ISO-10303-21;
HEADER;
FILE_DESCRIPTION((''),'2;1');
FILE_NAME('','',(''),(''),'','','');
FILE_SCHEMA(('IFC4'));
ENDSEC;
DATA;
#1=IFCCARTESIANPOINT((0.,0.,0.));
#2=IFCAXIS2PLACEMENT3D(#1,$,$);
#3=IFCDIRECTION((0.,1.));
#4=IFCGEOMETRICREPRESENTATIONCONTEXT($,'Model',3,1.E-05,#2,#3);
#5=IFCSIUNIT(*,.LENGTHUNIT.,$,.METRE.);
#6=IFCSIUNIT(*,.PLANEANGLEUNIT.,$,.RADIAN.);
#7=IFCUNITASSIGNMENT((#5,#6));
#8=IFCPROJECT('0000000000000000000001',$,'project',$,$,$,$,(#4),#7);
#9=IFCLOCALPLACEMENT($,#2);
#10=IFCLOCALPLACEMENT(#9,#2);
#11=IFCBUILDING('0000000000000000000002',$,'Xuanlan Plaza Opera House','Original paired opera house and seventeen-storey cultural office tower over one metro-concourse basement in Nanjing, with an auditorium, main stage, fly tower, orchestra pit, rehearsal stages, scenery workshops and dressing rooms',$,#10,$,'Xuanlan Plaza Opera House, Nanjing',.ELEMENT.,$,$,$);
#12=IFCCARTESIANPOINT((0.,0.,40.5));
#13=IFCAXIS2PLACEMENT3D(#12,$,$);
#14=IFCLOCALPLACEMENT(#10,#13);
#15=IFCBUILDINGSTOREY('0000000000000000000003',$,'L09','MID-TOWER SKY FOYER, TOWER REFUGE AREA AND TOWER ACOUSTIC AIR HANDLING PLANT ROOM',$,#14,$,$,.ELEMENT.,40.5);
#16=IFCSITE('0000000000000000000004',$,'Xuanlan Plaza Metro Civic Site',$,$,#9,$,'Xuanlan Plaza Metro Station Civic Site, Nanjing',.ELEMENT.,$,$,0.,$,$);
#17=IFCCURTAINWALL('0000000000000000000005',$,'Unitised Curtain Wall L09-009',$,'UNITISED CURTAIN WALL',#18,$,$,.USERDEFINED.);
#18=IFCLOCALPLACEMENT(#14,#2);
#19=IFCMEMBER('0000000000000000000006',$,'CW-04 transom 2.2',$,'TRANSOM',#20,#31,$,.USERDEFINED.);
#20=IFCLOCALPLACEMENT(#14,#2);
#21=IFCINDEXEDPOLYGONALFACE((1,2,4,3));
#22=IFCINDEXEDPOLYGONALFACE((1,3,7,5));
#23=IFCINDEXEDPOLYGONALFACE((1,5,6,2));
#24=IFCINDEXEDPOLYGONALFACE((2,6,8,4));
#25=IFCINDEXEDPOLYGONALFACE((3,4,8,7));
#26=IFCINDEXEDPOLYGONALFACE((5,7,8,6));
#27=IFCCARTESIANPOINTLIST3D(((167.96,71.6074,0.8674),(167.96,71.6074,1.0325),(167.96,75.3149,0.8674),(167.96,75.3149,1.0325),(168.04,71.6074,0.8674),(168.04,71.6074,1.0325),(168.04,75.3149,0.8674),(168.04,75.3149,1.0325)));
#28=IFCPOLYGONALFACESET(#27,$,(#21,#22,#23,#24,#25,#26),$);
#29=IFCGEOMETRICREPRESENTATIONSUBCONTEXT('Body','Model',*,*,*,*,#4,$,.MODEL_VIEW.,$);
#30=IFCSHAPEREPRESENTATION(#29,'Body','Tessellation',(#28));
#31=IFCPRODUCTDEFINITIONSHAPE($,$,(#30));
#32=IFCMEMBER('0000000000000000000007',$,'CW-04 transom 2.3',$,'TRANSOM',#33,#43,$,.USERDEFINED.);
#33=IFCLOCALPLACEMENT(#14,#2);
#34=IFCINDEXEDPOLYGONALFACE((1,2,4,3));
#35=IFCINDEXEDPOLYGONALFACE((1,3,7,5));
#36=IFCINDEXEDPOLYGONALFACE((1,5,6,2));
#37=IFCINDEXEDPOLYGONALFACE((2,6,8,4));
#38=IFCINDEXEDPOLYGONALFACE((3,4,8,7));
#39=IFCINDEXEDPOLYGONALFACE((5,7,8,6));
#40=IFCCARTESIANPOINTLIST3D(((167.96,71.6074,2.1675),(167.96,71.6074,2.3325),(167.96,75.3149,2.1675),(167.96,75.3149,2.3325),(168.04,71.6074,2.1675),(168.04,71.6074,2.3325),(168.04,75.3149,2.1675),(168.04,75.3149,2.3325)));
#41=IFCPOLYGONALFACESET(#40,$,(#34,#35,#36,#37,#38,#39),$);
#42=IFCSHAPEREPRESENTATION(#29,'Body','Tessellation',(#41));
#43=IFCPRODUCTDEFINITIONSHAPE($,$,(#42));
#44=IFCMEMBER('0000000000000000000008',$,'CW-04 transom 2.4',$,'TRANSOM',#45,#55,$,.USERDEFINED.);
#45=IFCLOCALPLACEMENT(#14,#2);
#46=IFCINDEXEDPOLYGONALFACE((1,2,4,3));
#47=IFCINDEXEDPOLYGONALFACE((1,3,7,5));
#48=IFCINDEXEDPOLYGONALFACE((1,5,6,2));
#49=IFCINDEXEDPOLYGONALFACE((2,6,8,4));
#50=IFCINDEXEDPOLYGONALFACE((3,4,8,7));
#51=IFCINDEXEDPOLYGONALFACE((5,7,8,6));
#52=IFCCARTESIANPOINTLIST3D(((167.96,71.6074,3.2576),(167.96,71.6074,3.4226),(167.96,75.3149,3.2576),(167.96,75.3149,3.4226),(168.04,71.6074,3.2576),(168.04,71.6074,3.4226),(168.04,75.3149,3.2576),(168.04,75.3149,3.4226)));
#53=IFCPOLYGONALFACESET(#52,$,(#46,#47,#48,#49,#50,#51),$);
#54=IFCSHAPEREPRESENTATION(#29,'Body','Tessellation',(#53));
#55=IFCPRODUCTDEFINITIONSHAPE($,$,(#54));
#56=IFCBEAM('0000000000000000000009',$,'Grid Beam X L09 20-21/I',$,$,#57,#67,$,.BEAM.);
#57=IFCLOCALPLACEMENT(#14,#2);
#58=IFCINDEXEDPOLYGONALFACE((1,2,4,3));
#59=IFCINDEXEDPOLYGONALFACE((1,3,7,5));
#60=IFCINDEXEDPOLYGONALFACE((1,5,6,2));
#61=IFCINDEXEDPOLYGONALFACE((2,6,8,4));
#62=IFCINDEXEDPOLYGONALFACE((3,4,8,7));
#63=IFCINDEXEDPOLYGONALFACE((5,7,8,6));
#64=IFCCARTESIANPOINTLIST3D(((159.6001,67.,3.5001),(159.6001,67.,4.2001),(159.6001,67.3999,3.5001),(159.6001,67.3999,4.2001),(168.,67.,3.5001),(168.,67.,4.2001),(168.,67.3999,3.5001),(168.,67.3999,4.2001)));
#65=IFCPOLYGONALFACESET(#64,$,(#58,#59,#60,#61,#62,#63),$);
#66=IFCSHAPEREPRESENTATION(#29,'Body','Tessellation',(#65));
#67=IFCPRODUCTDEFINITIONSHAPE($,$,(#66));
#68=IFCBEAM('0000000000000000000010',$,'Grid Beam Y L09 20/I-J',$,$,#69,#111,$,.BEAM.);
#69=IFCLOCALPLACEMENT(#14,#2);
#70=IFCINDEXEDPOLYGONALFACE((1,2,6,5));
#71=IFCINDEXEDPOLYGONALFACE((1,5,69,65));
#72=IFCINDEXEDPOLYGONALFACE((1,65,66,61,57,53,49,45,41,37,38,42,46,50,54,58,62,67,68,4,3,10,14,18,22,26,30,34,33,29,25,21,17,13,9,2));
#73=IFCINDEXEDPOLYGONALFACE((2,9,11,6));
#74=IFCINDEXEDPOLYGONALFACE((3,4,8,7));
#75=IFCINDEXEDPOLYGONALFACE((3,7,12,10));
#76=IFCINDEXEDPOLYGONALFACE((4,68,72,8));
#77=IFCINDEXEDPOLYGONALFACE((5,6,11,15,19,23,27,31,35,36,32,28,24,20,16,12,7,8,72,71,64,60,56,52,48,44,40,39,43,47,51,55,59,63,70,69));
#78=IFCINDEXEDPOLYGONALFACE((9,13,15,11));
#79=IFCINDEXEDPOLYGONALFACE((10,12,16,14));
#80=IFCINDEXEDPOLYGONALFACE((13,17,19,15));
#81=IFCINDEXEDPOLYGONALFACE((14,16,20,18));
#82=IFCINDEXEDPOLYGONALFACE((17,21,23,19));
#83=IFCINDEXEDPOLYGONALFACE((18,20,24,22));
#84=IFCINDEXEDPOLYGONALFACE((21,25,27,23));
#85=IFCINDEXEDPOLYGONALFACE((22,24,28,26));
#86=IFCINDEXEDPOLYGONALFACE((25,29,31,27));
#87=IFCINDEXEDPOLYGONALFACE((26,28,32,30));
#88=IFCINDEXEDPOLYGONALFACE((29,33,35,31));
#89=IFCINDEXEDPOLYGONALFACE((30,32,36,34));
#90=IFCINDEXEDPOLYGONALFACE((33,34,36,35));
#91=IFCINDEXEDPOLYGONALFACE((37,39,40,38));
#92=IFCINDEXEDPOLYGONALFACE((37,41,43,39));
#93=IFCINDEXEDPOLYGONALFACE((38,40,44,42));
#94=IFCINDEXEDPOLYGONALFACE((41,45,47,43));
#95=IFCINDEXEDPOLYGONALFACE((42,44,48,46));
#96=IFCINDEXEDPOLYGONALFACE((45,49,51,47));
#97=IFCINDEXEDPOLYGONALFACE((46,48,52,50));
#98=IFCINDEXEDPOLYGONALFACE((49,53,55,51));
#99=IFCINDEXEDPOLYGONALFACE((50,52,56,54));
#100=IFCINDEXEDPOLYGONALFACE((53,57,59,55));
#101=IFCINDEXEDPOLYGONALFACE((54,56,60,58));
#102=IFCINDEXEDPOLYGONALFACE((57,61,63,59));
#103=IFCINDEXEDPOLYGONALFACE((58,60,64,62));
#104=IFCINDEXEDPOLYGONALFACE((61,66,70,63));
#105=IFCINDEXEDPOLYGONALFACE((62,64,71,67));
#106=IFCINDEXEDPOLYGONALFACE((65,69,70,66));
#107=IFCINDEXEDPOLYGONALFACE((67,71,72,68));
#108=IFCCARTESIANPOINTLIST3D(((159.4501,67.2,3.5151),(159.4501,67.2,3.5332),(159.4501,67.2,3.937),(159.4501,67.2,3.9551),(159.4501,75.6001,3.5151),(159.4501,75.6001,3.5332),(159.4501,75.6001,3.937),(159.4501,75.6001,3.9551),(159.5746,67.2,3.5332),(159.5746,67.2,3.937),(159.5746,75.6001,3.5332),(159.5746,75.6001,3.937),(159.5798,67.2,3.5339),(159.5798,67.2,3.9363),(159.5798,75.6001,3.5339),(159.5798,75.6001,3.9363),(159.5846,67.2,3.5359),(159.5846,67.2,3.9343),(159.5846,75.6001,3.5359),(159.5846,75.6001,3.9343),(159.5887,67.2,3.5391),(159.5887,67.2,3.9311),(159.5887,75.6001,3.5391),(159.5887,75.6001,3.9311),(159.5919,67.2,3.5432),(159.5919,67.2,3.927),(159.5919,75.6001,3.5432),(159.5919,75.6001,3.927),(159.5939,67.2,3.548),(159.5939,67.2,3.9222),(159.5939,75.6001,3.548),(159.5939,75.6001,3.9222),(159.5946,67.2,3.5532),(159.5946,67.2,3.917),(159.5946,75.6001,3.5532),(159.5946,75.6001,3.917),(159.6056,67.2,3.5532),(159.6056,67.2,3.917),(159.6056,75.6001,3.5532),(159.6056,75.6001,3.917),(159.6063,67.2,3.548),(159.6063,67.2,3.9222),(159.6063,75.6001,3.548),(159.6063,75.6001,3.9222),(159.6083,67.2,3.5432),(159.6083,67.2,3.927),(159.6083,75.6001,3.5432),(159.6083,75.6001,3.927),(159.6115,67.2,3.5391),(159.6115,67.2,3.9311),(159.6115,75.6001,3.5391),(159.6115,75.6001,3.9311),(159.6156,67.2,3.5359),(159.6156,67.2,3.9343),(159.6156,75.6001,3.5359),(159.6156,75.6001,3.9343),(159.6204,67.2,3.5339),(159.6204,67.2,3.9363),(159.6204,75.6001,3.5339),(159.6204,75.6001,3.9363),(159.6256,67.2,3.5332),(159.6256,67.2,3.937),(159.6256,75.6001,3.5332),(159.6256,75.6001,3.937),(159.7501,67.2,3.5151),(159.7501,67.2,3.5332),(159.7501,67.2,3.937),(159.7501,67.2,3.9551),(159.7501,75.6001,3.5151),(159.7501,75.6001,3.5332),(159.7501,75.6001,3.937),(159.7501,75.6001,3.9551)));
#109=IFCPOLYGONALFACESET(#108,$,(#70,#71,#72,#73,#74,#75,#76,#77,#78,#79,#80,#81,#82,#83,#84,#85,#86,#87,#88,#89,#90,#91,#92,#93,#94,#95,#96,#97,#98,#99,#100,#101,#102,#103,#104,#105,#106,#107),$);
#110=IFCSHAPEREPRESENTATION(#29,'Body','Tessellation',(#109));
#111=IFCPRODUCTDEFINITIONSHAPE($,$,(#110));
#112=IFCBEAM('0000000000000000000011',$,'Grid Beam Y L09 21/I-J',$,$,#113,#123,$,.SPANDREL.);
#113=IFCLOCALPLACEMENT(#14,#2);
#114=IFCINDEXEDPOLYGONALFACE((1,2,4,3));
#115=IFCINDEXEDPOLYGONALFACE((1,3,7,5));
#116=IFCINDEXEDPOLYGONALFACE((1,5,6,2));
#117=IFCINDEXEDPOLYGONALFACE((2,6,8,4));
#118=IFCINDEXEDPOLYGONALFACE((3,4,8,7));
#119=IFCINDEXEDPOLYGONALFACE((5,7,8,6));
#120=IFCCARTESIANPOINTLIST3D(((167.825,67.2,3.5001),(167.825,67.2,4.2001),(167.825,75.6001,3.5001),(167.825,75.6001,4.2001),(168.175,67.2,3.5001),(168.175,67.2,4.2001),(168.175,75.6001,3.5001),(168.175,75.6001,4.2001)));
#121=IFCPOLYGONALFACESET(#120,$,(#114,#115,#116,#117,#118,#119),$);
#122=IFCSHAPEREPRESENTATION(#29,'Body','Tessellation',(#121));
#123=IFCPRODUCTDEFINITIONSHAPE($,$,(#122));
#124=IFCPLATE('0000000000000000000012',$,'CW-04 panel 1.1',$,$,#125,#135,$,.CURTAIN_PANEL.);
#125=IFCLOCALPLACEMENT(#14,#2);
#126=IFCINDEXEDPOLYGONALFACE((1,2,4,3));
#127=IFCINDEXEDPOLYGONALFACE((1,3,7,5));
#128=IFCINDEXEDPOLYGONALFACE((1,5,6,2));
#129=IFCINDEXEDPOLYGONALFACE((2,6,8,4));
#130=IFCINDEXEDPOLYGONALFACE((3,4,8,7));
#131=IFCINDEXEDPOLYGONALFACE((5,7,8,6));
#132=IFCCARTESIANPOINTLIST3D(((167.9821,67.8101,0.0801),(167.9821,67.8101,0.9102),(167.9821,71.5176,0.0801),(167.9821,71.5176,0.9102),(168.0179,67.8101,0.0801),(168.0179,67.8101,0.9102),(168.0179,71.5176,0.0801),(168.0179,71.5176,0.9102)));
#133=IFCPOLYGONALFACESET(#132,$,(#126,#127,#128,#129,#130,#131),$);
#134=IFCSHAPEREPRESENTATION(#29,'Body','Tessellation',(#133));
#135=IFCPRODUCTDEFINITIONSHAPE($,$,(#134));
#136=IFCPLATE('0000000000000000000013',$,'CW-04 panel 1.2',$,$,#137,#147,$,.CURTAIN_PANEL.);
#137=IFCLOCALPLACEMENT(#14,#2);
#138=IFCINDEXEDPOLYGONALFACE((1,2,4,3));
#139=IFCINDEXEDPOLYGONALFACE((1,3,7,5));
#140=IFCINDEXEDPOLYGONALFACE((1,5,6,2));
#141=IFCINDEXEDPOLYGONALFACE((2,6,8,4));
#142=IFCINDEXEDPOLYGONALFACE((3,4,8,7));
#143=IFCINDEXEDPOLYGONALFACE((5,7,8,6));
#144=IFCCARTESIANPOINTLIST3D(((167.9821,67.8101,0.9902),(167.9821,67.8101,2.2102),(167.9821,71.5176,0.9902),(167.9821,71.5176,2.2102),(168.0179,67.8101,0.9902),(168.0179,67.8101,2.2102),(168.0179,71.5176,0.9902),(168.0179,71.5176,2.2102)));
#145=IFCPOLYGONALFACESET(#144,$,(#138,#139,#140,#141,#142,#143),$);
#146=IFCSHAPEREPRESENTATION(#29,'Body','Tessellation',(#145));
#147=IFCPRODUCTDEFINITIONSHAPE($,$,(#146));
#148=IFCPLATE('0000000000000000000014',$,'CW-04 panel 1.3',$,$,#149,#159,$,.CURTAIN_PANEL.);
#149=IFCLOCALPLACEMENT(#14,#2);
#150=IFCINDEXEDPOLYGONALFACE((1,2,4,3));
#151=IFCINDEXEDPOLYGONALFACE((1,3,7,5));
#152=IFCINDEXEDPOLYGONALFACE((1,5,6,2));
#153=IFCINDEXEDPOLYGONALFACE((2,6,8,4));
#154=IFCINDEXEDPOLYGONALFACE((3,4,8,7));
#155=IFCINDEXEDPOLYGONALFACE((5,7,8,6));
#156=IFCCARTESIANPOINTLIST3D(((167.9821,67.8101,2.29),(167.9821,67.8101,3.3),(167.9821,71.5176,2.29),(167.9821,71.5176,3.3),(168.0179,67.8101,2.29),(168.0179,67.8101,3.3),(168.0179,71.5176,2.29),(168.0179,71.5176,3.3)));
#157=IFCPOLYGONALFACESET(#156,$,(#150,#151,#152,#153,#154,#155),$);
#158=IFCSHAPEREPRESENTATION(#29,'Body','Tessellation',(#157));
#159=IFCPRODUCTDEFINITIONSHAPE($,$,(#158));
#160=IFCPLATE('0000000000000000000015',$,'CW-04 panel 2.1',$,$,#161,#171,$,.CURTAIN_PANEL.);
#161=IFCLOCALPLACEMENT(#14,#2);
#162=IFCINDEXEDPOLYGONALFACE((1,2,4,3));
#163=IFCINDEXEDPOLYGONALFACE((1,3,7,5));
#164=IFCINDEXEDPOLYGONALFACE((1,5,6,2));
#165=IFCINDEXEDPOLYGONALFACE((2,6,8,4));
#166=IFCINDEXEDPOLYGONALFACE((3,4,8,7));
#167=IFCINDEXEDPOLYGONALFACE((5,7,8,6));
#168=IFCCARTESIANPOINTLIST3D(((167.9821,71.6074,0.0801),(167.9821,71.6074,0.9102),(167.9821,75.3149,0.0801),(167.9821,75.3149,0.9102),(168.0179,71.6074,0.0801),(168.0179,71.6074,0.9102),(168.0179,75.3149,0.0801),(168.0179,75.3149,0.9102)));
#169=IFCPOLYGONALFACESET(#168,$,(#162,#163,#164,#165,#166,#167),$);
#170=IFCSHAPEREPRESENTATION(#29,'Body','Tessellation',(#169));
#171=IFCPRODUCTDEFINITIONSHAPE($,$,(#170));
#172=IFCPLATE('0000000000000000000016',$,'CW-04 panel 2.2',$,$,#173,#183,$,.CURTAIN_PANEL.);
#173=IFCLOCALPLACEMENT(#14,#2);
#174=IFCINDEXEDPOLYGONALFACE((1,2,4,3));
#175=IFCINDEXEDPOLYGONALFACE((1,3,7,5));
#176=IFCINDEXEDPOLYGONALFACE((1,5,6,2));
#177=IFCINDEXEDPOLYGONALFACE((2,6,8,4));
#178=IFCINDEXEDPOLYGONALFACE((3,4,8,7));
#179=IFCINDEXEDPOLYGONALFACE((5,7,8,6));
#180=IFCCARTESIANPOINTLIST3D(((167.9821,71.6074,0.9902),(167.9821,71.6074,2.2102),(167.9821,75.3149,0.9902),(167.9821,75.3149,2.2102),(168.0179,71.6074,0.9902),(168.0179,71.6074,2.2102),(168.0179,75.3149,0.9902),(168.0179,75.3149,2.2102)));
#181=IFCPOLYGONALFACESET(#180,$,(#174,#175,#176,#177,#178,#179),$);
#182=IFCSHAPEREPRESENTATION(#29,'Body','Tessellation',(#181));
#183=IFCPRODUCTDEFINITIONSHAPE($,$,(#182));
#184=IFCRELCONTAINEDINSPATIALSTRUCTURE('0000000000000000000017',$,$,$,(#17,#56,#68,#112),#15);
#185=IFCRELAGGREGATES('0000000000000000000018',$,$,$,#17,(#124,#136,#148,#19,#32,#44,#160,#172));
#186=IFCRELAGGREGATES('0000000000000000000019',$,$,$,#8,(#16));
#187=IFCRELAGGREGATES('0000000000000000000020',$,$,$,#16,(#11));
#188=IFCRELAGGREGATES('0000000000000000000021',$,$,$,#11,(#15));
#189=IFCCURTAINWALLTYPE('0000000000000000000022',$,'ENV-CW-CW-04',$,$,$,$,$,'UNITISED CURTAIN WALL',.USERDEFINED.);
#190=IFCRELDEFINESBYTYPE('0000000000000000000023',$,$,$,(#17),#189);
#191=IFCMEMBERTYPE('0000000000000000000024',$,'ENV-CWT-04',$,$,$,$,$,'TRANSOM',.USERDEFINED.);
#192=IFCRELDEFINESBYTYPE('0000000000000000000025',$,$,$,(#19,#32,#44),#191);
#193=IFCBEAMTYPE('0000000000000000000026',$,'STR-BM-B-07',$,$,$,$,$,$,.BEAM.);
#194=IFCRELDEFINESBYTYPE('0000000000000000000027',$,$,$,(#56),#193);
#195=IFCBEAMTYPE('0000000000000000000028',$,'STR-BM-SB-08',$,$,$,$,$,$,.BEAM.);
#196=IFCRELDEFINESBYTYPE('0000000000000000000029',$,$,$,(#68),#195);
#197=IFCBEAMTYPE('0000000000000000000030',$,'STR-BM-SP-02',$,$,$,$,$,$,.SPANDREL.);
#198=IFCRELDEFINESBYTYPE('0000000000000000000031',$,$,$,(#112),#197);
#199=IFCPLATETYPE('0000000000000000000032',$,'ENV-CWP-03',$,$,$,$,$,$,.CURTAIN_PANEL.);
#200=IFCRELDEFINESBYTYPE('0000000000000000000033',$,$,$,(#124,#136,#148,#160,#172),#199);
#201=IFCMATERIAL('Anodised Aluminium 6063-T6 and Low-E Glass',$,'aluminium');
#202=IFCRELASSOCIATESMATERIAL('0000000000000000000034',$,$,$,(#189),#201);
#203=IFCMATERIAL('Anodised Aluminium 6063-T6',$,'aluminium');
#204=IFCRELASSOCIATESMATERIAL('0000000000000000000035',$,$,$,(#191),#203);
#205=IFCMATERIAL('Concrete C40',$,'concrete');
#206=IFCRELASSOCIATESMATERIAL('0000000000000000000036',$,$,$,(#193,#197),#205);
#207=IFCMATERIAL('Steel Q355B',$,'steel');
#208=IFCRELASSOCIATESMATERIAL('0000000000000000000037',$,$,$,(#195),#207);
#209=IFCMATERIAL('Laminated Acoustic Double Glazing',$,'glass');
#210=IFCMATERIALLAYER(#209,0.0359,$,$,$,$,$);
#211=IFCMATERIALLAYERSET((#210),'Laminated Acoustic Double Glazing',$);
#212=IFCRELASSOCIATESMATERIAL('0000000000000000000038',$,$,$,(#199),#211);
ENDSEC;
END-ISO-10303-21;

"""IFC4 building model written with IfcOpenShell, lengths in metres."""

from ifc_helpers import new_model, si_unit, direction, frame, origin, origin_2d, place, context, subcontext, project, spatial, rectangle, i_section, extrude, material, layer, layer_set, material_profile, profile_set, type_object, element, aggregate, save


model = new_model("IFC4")

# Units and contexts
model_context = context("Model", 3, precision=1e-05, world=origin(), true_north=direction((0.0, 1.0)))
body_context = subcontext(model_context, "Body", "Model", "MODEL_VIEW")
ifc_project = project(units=[si_unit("LENGTHUNIT", "METRE"), si_unit("PLANEANGLEUNIT", "RADIAN")], contexts=[model_context])

# Site, building, storey
site_placement = place(None, origin())
site = spatial("IfcSite", under=ifc_project, at=site_placement, Name="Xuanlan Plaza Metro Civic Site", LongName="Xuanlan Plaza Metro Station Civic Site, Nanjing", CompositionType="ELEMENT", RefElevation=0.0)
building_placement = place(site_placement, origin())
building = spatial("IfcBuilding", under=site, at=building_placement, Name="Xuanlan Plaza Opera House", Description="Original paired opera house and seventeen-storey cultural office tower over one metro-concourse basement in Nanjing, with an auditorium, main stage, fly tower, orchestra pit, rehearsal stages, scenery workshops and dressing rooms", LongName="Xuanlan Plaza Opera House, Nanjing", CompositionType="ELEMENT")
storey_placement = place(building_placement, frame((0.0, 0.0, 40.5)))
storey = spatial("IfcBuildingStorey", under=building, at=storey_placement, Name="L09", Description="MID-TOWER SKY FOYER, TOWER REFUGE AREA AND TOWER ACOUSTIC AIR HANDLING PLANT ROOM", CompositionType="ELEMENT", Elevation=40.5)

# Shared definitions
ifc_material_1 = material(Name="Steel Q355B", Category="steel")

# Shared definitions
ifc_material_2 = material(Name="Anodised Aluminium 6063-T6 and Low-E Glass", Category="aluminium")
ifc_material_3 = material(Name="Anodised Aluminium 6063-T6", Category="aluminium")

# Curtain wall
curtain_wall_type_1 = type_object("IfcCurtainWallType", Name="ENV-CW-CW-04", ElementType="UNITISED CURTAIN WALL", PredefinedType="USERDEFINED", material=ifc_material_2)
curtain_wall_1_placement = place(storey_placement, origin())
curtain_wall_1 = element("IfcCurtainWall", 1, at=curtain_wall_1_placement, inside=storey, type_object=curtain_wall_type_1, Name="Unitised Curtain Wall L09-009", ObjectType="UNITISED CURTAIN WALL", PredefinedType="USERDEFINED")

# Members
ifc_material_profile_1 = material_profile(ifc_material_3, rectangle(XDim=0.0801, YDim=0.165, at=origin_2d()), Name="ALU-T 80x165")
ifc_profile_set_1 = profile_set([ifc_material_profile_1], Name="Anodised Aluminium 6063-T6")
member_type_1 = type_object("IfcMemberType", Name="ENV-CWT-04", ElementType="TRANSOM", PredefinedType="USERDEFINED", material=ifc_profile_set_1)
member_1_placement = place(storey_placement, frame((168.0, 71.6074, 0.95), z_axis=(0.0, 1.0, 0.0), x_axis=(-1.0, 0.0, 0.0)))
member_1 = element("IfcMember", 2, at=member_1_placement, type_object=member_type_1, Name="CW-04 transom 2.2", ObjectType="TRANSOM", PredefinedType="USERDEFINED", context=body_context, shape_type="SweptSolid", body=[
    extrude(rectangle(XDim=0.0801, YDim=0.165, at=origin_2d()), origin(), (0.0, 0.0, 1.0), 3.7075),
])
member_2_placement = place(storey_placement, frame((168.0, 71.6074, 2.25), z_axis=(0.0, 1.0, 0.0), x_axis=(-1.0, 0.0, 0.0)))
member_2 = element("IfcMember", 3, at=member_2_placement, type_object=member_type_1, Name="CW-04 transom 2.3", ObjectType="TRANSOM", PredefinedType="USERDEFINED", context=body_context, shape_type="SweptSolid", body=[
    extrude(rectangle(XDim=0.0801, YDim=0.165, at=origin_2d()), origin(), (0.0, 0.0, 1.0), 3.7075),
])
member_3_placement = place(storey_placement, frame((168.0, 71.6074, 3.3401), z_axis=(0.0, 1.0, 0.0), x_axis=(-1.0, 0.0, 0.0)))
member_3 = element("IfcMember", 4, at=member_3_placement, type_object=member_type_1, Name="CW-04 transom 2.4", ObjectType="TRANSOM", PredefinedType="USERDEFINED", context=body_context, shape_type="SweptSolid", body=[
    extrude(rectangle(XDim=0.0801, YDim=0.165, at=origin_2d()), origin(), (0.0, 0.0, 1.0), 3.7075),
])

# Beams
ifc_material_4 = material(Name="Concrete C40", Category="concrete")
ifc_material_profile_2 = material_profile(ifc_material_4, rectangle(XDim=0.3999, YDim=0.7, at=origin_2d()), Name="RC-BM 400x700")
ifc_profile_set_2 = profile_set([ifc_material_profile_2], Name="Concrete C40")
beam_type_1 = type_object("IfcBeamType", Name="STR-BM-B-07", PredefinedType="BEAM", material=ifc_profile_set_2)
beam_1_placement = place(storey_placement, frame((159.6001, 67.2, 3.8501), z_axis=(1.0, 0.0, 0.0), x_axis=(0.0, 1.0, 0.0)))
element("IfcBeam", 5, at=beam_1_placement, inside=storey, type_object=beam_type_1, Name="Grid Beam X L09 20-21/I", PredefinedType="BEAM", context=body_context, shape_type="SweptSolid", body=[
    extrude(rectangle(XDim=0.3999, YDim=0.7, at=origin_2d()), origin(), (0.0, 0.0, 1.0), 8.3999),
])
ifc_material_profile_3 = material_profile(ifc_material_1, i_section(OverallWidth=0.3, OverallDepth=0.4399, WebThickness=0.011, FlangeThickness=0.0181, FilletRadius=0.02, at=origin_2d()), Name="HM 440x300x11x18")
ifc_profile_set_3 = profile_set([ifc_material_profile_3], Name="Steel Q355B")
beam_type_2 = type_object("IfcBeamType", Name="STR-BM-SB-08", PredefinedType="BEAM", material=ifc_profile_set_3)
beam_2_placement = place(storey_placement, frame((159.6001, 67.2, 3.7351), z_axis=(0.0, 1.0, 0.0), x_axis=(-1.0, 0.0, 0.0)))
element("IfcBeam", 6, at=beam_2_placement, inside=storey, type_object=beam_type_2, Name="Grid Beam Y L09 20/I-J", PredefinedType="BEAM", context=body_context, shape_type="SweptSolid", body=[
    extrude(i_section(OverallWidth=0.3, OverallDepth=0.4399, WebThickness=0.011, FlangeThickness=0.0181, FilletRadius=0.02, at=origin_2d()), origin(), (0.0, 0.0, 1.0), 8.4001),
])
ifc_material_profile_4 = material_profile(ifc_material_4, rectangle(XDim=0.3501, YDim=0.7, at=origin_2d()), Name="RC-SPD 350x700")
ifc_profile_set_4 = profile_set([ifc_material_profile_4], Name="Concrete C40")
beam_type_3 = type_object("IfcBeamType", Name="STR-BM-SP-02", PredefinedType="SPANDREL", material=ifc_profile_set_4)
beam_3_placement = place(storey_placement, frame((168.0, 67.2, 3.8501), z_axis=(0.0, 1.0, 0.0), x_axis=(-1.0, 0.0, 0.0)))
element("IfcBeam", 7, at=beam_3_placement, inside=storey, type_object=beam_type_3, Name="Grid Beam Y L09 21/I-J", PredefinedType="SPANDREL", context=body_context, shape_type="SweptSolid", body=[
    extrude(rectangle(XDim=0.3501, YDim=0.7, at=origin_2d()), origin(), (0.0, 0.0, 1.0), 8.4001),
])

# Plates
ifc_material_5 = material(Name="Laminated Acoustic Double Glazing", Category="glass")
ifc_layer_1 = layer(ifc_material_5, 0.0359)
ifc_layer_set_1 = layer_set([ifc_layer_1], Name="Laminated Acoustic Double Glazing")
plate_type_1 = type_object("IfcPlateType", Name="ENV-CWP-03", PredefinedType="CURTAIN_PANEL", material=ifc_layer_set_1)
plate_1_placement = place(storey_placement, frame((168.0, 69.6638, 0.0801), z_axis=(0.0, 0.0, 1.0), x_axis=(0.0, 1.0, 0.0)))
plate_1 = element("IfcPlate", 8, at=plate_1_placement, type_object=plate_type_1, Name="CW-04 panel 1.1", PredefinedType="CURTAIN_PANEL", context=body_context, shape_type="SweptSolid", body=[
    extrude(rectangle(XDim=3.7075, YDim=0.0359, at=origin_2d()), origin(), (0.0, 0.0, 1.0), 0.8301),
])
plate_2_placement = place(storey_placement, frame((168.0, 69.6638, 0.9902), z_axis=(0.0, 0.0, 1.0), x_axis=(0.0, 1.0, 0.0)))
plate_2 = element("IfcPlate", 9, at=plate_2_placement, type_object=plate_type_1, Name="CW-04 panel 1.2", PredefinedType="CURTAIN_PANEL", context=body_context, shape_type="SweptSolid", body=[
    extrude(rectangle(XDim=3.7075, YDim=0.0359, at=origin_2d()), origin(), (0.0, 0.0, 1.0), 1.22),
])
plate_3_placement = place(storey_placement, frame((168.0, 69.6638, 2.29), z_axis=(0.0, 0.0, 1.0), x_axis=(0.0, 1.0, 0.0)))
plate_3 = element("IfcPlate", 10, at=plate_3_placement, type_object=plate_type_1, Name="CW-04 panel 1.3", PredefinedType="CURTAIN_PANEL", context=body_context, shape_type="SweptSolid", body=[
    extrude(rectangle(XDim=3.7075, YDim=0.0359, at=origin_2d()), origin(), (0.0, 0.0, 1.0), 1.01),
])
plate_4_placement = place(storey_placement, frame((168.0, 73.4612, 0.0801), z_axis=(0.0, 0.0, 1.0), x_axis=(0.0, 1.0, 0.0)))
plate_4 = element("IfcPlate", 11, at=plate_4_placement, type_object=plate_type_1, Name="CW-04 panel 2.1", PredefinedType="CURTAIN_PANEL", context=body_context, shape_type="SweptSolid", body=[
    extrude(rectangle(XDim=3.7075, YDim=0.0359, at=origin_2d()), origin(), (0.0, 0.0, 1.0), 0.8301),
])
plate_5_placement = place(storey_placement, frame((168.0, 73.4612, 0.9902), z_axis=(0.0, 0.0, 1.0), x_axis=(0.0, 1.0, 0.0)))
plate_5 = element("IfcPlate", 12, at=plate_5_placement, type_object=plate_type_1, Name="CW-04 panel 2.2", PredefinedType="CURTAIN_PANEL", context=body_context, shape_type="SweptSolid", body=[
    extrude(rectangle(XDim=3.7075, YDim=0.0359, at=origin_2d()), origin(), (0.0, 0.0, 1.0), 1.22),
])
aggregate(curtain_wall_1, [plate_1, plate_2, plate_3, member_1, member_2, member_3, plate_4, plate_5])

save(model, "model.ifc")
